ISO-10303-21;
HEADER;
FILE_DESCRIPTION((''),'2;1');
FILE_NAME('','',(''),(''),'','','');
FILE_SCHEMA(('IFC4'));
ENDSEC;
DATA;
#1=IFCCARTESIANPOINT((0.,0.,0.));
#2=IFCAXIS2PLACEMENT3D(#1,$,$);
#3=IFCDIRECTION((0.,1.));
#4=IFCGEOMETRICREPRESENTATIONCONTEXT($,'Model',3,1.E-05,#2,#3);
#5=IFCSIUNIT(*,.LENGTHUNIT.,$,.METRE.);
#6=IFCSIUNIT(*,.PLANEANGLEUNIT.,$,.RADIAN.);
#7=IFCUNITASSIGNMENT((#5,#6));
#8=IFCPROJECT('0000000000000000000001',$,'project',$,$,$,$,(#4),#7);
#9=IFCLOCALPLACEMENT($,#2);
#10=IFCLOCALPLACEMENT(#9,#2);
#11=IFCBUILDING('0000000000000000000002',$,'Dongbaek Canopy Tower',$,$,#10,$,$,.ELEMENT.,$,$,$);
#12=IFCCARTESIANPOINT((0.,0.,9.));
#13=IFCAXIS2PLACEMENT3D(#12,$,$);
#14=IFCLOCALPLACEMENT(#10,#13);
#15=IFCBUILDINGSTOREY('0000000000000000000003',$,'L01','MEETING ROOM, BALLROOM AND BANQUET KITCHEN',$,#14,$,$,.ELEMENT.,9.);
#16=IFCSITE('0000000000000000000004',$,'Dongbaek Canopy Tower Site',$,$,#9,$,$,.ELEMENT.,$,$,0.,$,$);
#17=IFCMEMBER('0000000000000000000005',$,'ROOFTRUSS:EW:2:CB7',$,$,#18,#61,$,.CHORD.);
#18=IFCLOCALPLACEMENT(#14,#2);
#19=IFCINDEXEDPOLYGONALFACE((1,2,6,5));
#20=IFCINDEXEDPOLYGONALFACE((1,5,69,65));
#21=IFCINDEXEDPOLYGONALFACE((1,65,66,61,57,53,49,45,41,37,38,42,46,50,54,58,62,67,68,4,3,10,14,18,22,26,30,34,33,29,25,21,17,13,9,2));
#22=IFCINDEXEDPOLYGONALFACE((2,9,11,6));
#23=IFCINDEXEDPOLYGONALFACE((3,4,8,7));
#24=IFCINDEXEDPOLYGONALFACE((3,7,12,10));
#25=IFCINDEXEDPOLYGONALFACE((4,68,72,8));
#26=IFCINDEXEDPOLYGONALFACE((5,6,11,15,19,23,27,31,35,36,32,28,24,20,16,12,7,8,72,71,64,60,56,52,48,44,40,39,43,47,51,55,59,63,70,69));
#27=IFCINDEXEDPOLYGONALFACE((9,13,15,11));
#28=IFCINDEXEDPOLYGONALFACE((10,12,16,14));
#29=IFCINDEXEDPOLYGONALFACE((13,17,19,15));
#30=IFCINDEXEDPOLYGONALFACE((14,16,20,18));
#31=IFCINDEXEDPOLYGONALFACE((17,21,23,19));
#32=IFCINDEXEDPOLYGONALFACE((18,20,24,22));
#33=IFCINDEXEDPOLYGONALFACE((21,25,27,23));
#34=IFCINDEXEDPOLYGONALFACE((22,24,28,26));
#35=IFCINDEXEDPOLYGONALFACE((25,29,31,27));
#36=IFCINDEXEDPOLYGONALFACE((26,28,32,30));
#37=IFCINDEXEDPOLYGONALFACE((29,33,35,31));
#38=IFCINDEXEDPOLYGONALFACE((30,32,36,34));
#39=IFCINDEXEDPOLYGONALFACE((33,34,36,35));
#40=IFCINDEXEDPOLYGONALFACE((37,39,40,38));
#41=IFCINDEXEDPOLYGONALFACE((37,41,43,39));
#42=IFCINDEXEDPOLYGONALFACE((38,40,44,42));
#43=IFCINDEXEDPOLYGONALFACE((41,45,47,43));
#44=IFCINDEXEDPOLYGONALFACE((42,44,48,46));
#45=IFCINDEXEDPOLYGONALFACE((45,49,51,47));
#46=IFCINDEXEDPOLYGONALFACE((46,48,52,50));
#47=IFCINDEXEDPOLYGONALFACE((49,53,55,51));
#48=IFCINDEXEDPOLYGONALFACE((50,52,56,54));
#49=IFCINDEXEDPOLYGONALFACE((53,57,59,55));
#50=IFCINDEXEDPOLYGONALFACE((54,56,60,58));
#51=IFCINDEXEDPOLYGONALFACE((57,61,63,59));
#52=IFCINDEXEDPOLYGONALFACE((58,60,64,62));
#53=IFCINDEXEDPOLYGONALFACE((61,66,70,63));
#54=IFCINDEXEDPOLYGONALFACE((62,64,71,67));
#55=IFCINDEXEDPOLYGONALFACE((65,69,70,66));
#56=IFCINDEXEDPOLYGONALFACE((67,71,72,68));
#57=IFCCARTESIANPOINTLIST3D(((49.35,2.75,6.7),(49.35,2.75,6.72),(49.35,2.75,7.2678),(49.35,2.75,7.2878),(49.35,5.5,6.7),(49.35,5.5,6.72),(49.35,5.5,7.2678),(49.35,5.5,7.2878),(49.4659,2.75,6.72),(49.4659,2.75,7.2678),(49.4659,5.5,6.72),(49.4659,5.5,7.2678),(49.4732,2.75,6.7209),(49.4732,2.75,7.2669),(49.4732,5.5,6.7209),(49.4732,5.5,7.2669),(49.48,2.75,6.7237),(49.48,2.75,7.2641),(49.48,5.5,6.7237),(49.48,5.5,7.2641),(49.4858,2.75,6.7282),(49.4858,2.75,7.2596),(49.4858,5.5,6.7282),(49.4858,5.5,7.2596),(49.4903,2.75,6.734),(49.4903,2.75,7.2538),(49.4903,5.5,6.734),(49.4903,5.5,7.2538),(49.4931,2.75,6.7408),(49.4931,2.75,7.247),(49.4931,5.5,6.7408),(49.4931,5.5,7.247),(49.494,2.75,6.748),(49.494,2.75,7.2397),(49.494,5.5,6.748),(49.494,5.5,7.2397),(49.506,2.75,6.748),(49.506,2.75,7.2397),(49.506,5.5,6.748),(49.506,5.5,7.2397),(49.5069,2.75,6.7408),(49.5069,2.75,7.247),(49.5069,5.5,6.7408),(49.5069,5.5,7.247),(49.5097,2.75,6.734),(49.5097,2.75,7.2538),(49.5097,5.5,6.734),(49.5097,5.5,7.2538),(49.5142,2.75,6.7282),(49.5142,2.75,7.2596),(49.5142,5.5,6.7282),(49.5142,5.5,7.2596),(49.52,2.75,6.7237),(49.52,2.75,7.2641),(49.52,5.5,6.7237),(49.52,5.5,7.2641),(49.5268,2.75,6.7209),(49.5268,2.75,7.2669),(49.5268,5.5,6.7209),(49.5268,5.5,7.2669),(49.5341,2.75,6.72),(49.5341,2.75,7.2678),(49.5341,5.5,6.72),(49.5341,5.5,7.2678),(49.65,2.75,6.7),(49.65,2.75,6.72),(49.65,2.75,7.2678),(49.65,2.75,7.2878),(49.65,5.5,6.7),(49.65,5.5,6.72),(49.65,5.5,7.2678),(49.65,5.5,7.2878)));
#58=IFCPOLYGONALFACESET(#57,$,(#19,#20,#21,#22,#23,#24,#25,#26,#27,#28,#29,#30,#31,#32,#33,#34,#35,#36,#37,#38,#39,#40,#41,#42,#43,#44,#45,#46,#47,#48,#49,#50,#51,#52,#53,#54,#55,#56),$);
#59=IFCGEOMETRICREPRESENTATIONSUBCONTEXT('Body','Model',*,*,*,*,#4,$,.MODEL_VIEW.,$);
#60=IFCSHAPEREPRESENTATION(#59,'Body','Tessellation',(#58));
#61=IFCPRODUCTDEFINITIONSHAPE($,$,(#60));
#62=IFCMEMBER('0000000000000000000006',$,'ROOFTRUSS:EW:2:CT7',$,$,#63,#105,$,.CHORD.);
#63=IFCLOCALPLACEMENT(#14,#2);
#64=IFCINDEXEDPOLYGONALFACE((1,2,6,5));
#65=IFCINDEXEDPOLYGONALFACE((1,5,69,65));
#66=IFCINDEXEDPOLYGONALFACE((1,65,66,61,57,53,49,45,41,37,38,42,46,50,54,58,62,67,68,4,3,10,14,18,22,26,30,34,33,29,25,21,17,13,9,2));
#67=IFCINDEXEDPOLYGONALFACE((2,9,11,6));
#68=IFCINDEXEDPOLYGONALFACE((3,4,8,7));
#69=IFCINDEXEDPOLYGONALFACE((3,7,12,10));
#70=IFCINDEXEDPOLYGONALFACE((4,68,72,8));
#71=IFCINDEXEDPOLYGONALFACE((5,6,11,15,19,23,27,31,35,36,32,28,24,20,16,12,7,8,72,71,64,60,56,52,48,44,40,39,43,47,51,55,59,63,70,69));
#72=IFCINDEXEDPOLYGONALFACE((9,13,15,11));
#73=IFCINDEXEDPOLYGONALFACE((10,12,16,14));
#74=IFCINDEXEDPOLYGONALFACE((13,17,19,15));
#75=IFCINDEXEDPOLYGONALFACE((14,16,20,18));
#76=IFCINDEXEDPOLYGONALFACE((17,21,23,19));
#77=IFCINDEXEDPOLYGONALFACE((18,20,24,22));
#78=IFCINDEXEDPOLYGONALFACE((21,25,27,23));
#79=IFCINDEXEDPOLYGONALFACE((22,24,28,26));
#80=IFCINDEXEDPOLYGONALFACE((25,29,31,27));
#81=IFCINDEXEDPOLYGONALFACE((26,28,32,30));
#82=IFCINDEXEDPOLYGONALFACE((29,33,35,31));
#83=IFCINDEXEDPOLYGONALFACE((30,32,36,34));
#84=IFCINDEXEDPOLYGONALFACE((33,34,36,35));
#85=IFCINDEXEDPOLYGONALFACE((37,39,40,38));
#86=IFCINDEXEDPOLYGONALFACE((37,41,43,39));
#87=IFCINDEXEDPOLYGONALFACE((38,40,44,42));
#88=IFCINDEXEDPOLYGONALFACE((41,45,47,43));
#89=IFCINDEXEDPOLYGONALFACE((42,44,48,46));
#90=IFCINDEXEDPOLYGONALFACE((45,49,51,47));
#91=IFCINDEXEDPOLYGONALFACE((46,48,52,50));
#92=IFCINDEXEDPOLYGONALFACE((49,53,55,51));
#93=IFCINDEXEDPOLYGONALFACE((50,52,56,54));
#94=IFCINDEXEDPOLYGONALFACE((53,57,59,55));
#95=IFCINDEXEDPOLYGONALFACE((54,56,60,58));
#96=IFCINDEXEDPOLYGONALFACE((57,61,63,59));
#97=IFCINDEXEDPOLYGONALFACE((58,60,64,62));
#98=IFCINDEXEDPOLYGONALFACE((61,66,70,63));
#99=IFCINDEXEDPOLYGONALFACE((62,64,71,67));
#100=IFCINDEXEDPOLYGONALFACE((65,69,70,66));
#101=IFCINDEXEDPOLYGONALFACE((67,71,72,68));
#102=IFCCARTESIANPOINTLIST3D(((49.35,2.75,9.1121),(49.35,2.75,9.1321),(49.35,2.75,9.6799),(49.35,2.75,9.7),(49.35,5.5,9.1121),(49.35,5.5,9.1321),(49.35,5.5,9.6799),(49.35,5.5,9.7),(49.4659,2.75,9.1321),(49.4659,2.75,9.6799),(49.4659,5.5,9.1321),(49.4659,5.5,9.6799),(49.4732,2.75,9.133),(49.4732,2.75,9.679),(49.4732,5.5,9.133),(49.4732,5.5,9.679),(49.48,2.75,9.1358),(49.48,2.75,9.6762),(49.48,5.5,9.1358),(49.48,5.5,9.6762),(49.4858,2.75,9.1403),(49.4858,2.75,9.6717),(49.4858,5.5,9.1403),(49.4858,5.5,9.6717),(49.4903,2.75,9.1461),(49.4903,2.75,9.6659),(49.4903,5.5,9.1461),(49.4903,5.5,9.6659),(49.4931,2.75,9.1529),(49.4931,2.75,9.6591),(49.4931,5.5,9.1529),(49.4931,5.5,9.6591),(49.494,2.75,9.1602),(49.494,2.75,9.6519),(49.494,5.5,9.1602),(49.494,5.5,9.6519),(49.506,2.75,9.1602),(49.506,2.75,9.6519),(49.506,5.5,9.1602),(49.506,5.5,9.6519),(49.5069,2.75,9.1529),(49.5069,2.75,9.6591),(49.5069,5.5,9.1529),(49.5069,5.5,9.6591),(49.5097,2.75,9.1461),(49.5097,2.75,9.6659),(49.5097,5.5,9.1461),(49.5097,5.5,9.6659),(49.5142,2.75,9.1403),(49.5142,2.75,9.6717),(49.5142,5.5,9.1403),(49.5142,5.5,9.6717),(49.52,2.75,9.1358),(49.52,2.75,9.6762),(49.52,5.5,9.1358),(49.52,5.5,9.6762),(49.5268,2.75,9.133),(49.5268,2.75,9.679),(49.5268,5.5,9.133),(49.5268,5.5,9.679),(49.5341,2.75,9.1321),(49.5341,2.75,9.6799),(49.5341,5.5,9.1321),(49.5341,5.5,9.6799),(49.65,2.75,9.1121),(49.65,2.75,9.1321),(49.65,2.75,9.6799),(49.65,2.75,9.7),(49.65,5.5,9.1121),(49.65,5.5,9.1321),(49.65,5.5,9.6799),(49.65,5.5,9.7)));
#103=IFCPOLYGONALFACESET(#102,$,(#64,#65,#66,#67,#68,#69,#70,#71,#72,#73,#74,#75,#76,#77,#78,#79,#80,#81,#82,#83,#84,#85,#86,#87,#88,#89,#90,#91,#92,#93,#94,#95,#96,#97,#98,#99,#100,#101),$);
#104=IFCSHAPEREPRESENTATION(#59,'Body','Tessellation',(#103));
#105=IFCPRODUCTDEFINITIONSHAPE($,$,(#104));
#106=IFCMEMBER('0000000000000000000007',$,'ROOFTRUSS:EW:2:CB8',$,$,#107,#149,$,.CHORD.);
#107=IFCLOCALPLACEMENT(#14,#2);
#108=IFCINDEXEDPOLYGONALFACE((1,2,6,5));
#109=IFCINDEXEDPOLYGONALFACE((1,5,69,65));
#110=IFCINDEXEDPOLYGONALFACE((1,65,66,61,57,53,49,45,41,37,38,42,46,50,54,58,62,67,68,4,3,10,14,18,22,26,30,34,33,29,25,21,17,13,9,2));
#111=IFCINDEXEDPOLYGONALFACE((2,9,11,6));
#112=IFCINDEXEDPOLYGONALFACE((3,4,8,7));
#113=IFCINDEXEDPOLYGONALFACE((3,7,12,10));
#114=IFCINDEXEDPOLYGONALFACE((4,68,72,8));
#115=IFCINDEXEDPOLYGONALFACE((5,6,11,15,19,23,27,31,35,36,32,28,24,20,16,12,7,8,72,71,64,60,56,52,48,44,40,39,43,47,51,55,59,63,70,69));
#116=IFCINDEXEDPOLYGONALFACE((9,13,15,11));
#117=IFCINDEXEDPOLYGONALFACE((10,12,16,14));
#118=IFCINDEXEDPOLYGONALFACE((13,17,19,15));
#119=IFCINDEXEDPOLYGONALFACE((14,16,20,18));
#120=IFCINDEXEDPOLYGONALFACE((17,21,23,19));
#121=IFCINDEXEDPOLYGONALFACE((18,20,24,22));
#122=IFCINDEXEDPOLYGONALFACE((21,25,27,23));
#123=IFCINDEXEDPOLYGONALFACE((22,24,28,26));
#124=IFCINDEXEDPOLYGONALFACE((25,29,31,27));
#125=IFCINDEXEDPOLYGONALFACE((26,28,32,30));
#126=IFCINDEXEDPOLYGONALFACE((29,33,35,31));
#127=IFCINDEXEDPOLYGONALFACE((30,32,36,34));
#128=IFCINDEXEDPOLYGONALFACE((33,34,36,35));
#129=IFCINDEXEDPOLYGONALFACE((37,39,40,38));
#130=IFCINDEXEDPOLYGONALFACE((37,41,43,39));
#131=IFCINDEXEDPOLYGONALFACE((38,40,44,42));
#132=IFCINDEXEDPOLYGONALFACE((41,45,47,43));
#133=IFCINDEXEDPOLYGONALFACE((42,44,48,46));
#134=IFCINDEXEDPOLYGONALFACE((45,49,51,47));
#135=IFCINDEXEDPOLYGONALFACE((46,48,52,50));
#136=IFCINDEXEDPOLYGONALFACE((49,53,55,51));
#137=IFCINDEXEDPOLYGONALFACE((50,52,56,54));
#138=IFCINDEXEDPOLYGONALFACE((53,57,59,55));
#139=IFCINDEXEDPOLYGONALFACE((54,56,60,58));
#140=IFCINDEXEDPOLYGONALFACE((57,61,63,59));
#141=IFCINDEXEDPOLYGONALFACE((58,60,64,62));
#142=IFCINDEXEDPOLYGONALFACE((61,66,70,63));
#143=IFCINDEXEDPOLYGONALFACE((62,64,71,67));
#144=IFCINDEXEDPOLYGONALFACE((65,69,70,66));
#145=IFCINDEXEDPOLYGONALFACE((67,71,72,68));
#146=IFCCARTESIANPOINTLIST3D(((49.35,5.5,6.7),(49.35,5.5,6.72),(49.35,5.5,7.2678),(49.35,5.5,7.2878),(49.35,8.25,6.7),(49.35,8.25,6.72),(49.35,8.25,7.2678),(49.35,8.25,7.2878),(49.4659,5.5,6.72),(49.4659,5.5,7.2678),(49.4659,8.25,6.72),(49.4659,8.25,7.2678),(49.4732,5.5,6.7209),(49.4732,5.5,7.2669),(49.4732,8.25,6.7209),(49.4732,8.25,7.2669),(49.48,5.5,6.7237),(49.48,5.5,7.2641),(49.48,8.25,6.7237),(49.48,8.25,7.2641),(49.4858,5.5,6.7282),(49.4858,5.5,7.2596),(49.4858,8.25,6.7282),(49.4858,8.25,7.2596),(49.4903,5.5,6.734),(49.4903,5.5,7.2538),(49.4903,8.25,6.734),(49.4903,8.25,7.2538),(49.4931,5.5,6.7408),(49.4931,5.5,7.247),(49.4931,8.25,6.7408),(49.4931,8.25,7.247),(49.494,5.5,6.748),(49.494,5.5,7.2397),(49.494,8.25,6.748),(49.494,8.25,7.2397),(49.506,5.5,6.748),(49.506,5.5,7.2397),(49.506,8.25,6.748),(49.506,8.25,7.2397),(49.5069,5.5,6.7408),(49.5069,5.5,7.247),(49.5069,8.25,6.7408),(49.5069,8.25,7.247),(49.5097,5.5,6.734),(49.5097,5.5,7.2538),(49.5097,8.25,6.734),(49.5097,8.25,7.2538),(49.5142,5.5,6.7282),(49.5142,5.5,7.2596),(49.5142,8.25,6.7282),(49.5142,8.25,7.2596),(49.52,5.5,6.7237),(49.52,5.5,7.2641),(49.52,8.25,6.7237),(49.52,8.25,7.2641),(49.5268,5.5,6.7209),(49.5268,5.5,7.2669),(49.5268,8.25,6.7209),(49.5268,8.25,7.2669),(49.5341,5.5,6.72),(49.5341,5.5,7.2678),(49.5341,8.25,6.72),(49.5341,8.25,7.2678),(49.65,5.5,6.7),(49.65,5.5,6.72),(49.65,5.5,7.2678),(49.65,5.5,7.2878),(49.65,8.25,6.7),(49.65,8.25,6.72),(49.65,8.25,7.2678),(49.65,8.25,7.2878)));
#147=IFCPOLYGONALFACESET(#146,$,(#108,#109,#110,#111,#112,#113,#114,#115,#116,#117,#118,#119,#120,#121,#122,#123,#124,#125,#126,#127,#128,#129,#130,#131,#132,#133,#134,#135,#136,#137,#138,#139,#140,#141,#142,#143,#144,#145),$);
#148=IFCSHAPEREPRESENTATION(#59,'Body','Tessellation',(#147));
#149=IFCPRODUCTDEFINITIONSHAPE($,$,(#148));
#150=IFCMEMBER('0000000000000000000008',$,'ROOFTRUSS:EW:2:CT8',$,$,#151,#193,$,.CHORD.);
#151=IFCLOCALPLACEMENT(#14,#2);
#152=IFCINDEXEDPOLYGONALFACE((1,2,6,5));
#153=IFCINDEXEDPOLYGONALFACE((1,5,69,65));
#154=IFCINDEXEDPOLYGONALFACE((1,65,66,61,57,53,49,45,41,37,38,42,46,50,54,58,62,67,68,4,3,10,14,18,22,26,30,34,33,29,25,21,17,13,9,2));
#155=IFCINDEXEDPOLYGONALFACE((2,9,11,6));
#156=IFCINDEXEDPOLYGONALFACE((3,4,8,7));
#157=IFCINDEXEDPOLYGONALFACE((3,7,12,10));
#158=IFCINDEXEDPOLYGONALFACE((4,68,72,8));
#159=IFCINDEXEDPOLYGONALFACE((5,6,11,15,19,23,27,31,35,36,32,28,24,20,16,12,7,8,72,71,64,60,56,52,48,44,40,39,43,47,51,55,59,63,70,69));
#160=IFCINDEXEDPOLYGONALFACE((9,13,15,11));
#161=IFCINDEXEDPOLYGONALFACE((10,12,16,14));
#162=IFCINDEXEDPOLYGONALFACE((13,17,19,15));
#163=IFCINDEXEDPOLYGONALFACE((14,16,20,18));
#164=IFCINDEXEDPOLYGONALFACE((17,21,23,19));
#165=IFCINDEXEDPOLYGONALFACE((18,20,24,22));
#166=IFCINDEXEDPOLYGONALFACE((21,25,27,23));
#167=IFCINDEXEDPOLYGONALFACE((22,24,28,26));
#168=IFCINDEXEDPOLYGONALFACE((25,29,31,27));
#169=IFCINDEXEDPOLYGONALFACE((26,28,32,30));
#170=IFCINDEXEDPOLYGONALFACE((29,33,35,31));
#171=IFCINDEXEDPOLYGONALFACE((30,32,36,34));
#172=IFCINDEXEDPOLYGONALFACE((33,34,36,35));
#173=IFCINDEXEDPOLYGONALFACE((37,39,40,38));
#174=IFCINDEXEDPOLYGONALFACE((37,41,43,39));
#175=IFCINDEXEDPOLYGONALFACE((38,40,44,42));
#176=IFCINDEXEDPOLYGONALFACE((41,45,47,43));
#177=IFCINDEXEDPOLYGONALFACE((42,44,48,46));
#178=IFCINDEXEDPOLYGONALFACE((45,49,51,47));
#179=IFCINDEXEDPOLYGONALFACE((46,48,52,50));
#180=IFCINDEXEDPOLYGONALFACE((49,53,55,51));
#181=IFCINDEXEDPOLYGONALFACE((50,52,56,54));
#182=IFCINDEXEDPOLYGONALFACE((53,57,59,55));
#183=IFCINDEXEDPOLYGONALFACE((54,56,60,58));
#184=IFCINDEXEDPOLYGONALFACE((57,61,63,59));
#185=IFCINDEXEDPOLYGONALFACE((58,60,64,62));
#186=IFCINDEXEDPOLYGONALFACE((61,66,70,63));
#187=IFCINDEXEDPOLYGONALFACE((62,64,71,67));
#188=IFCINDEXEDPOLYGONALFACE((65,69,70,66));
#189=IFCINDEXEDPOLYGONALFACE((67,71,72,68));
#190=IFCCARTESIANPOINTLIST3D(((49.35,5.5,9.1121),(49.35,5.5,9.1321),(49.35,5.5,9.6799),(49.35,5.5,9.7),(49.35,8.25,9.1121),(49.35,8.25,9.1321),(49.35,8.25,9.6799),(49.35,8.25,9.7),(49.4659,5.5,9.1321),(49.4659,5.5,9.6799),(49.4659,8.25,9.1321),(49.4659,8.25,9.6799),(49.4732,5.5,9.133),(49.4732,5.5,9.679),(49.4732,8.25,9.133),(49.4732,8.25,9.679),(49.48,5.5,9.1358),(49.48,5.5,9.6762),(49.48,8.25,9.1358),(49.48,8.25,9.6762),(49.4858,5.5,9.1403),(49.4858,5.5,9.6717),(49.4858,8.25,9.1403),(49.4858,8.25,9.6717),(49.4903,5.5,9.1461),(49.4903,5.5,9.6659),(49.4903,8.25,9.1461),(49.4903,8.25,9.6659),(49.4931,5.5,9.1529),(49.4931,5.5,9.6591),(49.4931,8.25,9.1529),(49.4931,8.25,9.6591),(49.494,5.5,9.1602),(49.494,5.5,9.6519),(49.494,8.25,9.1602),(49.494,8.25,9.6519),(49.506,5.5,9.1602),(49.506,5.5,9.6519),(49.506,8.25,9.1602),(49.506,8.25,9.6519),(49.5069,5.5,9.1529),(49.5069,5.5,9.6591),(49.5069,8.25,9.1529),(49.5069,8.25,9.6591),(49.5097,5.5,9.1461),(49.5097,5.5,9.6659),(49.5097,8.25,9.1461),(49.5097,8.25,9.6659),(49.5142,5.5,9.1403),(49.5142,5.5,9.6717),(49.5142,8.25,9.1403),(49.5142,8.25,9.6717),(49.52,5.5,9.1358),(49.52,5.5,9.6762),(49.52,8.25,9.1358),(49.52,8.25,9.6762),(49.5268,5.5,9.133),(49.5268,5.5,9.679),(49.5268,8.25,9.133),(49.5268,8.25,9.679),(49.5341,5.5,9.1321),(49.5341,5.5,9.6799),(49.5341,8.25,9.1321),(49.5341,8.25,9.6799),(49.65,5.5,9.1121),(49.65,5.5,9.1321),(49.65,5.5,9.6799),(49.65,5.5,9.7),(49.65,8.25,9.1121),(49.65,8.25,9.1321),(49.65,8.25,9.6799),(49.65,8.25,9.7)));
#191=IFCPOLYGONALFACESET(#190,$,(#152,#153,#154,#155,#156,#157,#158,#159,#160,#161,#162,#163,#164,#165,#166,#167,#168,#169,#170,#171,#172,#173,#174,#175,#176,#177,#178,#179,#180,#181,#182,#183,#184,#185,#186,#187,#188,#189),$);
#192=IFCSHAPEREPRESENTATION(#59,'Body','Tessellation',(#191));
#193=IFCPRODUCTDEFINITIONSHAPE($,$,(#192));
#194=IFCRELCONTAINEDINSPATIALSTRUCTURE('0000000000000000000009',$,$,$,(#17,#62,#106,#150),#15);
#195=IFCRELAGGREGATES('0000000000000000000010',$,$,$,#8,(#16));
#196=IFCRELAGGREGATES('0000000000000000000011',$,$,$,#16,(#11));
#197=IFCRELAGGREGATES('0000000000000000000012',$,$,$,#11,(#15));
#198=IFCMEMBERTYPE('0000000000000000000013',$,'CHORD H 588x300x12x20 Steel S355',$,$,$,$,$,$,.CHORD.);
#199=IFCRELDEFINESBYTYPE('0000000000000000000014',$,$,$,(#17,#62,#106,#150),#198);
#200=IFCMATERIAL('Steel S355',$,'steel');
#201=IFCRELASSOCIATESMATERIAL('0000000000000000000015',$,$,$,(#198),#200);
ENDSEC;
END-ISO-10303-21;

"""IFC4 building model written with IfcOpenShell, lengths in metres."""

from ifc_helpers import new_model, si_unit, direction, frame, origin, origin_2d, place, context, subcontext, project, spatial, i_section, extrude, material, material_profile, profile_set, type_object, element, save


model = new_model("IFC4")

# Units and contexts
model_context = context("Model", 3, precision=1e-05, world=origin(), true_north=direction((0.0, 1.0)))
body_context = subcontext(model_context, "Body", "Model", "MODEL_VIEW")
ifc_project = project(units=[si_unit("LENGTHUNIT", "METRE"), si_unit("PLANEANGLEUNIT", "RADIAN")], contexts=[model_context])

# Site, building, storey
site_placement = place(None, origin())
site = spatial("IfcSite", under=ifc_project, at=site_placement, Name="Dongbaek Canopy Tower Site", CompositionType="ELEMENT", RefElevation=0.0)
building_placement = place(site_placement, origin())
building = spatial("IfcBuilding", under=site, at=building_placement, Name="Dongbaek Canopy Tower", CompositionType="ELEMENT")
storey_placement = place(building_placement, frame((0.0, 0.0, 9.0)))
storey = spatial("IfcBuildingStorey", under=building, at=storey_placement, Name="L01", Description="MEETING ROOM, BALLROOM AND BANQUET KITCHEN", CompositionType="ELEMENT", Elevation=9.0)

# Members
ifc_material_1 = material(Name="Steel S355", Category="steel")
ifc_material_profile_1 = material_profile(ifc_material_1, i_section(OverallWidth=0.3, OverallDepth=0.5879, WebThickness=0.012, FlangeThickness=0.02, FilletRadius=0.0281, at=origin_2d()), Name="CHORD H 588x300x12x20 Steel S355")
ifc_profile_set_1 = profile_set([ifc_material_profile_1], Name="Steel S355")
member_type_1 = type_object("IfcMemberType", Name="CHORD H 588x300x12x20 Steel S355", PredefinedType="CHORD", material=ifc_profile_set_1)
for number, where, z_axis, x_axis, name in (
    (1, (49.5, 2.75, 6.9939), (0.0, 1.0, 0.0), (-1.0, 0.0, 0.0), "ROOFTRUSS:EW:2:CB7"),
    (2, (49.5, 2.75, 9.406), (0.0, 1.0, 0.0), (-1.0, 0.0, 0.0), "ROOFTRUSS:EW:2:CT7"),
    (3, (49.5, 5.5, 6.9939), (0.0, 1.0, 0.0), (-1.0, 0.0, 0.0), "ROOFTRUSS:EW:2:CB8"),
    (4, (49.5, 5.5, 9.406), (0.0, 1.0, 0.0), (-1.0, 0.0, 0.0), "ROOFTRUSS:EW:2:CT8"),
):
    element("IfcMember", number, at=place(storey_placement, frame(where, z_axis=z_axis, x_axis=x_axis)), inside=storey, type_object=member_type_1, Name=name, PredefinedType="CHORD", context=body_context, shape_type="SweptSolid", body=[
        extrude(i_section(OverallWidth=0.3, OverallDepth=0.5879, WebThickness=0.012, FlangeThickness=0.02, FilletRadius=0.0281, at=origin_2d()), origin(), (0.0, 0.0, 1.0), 2.75),
    ])

save(model, "model.ifc")
